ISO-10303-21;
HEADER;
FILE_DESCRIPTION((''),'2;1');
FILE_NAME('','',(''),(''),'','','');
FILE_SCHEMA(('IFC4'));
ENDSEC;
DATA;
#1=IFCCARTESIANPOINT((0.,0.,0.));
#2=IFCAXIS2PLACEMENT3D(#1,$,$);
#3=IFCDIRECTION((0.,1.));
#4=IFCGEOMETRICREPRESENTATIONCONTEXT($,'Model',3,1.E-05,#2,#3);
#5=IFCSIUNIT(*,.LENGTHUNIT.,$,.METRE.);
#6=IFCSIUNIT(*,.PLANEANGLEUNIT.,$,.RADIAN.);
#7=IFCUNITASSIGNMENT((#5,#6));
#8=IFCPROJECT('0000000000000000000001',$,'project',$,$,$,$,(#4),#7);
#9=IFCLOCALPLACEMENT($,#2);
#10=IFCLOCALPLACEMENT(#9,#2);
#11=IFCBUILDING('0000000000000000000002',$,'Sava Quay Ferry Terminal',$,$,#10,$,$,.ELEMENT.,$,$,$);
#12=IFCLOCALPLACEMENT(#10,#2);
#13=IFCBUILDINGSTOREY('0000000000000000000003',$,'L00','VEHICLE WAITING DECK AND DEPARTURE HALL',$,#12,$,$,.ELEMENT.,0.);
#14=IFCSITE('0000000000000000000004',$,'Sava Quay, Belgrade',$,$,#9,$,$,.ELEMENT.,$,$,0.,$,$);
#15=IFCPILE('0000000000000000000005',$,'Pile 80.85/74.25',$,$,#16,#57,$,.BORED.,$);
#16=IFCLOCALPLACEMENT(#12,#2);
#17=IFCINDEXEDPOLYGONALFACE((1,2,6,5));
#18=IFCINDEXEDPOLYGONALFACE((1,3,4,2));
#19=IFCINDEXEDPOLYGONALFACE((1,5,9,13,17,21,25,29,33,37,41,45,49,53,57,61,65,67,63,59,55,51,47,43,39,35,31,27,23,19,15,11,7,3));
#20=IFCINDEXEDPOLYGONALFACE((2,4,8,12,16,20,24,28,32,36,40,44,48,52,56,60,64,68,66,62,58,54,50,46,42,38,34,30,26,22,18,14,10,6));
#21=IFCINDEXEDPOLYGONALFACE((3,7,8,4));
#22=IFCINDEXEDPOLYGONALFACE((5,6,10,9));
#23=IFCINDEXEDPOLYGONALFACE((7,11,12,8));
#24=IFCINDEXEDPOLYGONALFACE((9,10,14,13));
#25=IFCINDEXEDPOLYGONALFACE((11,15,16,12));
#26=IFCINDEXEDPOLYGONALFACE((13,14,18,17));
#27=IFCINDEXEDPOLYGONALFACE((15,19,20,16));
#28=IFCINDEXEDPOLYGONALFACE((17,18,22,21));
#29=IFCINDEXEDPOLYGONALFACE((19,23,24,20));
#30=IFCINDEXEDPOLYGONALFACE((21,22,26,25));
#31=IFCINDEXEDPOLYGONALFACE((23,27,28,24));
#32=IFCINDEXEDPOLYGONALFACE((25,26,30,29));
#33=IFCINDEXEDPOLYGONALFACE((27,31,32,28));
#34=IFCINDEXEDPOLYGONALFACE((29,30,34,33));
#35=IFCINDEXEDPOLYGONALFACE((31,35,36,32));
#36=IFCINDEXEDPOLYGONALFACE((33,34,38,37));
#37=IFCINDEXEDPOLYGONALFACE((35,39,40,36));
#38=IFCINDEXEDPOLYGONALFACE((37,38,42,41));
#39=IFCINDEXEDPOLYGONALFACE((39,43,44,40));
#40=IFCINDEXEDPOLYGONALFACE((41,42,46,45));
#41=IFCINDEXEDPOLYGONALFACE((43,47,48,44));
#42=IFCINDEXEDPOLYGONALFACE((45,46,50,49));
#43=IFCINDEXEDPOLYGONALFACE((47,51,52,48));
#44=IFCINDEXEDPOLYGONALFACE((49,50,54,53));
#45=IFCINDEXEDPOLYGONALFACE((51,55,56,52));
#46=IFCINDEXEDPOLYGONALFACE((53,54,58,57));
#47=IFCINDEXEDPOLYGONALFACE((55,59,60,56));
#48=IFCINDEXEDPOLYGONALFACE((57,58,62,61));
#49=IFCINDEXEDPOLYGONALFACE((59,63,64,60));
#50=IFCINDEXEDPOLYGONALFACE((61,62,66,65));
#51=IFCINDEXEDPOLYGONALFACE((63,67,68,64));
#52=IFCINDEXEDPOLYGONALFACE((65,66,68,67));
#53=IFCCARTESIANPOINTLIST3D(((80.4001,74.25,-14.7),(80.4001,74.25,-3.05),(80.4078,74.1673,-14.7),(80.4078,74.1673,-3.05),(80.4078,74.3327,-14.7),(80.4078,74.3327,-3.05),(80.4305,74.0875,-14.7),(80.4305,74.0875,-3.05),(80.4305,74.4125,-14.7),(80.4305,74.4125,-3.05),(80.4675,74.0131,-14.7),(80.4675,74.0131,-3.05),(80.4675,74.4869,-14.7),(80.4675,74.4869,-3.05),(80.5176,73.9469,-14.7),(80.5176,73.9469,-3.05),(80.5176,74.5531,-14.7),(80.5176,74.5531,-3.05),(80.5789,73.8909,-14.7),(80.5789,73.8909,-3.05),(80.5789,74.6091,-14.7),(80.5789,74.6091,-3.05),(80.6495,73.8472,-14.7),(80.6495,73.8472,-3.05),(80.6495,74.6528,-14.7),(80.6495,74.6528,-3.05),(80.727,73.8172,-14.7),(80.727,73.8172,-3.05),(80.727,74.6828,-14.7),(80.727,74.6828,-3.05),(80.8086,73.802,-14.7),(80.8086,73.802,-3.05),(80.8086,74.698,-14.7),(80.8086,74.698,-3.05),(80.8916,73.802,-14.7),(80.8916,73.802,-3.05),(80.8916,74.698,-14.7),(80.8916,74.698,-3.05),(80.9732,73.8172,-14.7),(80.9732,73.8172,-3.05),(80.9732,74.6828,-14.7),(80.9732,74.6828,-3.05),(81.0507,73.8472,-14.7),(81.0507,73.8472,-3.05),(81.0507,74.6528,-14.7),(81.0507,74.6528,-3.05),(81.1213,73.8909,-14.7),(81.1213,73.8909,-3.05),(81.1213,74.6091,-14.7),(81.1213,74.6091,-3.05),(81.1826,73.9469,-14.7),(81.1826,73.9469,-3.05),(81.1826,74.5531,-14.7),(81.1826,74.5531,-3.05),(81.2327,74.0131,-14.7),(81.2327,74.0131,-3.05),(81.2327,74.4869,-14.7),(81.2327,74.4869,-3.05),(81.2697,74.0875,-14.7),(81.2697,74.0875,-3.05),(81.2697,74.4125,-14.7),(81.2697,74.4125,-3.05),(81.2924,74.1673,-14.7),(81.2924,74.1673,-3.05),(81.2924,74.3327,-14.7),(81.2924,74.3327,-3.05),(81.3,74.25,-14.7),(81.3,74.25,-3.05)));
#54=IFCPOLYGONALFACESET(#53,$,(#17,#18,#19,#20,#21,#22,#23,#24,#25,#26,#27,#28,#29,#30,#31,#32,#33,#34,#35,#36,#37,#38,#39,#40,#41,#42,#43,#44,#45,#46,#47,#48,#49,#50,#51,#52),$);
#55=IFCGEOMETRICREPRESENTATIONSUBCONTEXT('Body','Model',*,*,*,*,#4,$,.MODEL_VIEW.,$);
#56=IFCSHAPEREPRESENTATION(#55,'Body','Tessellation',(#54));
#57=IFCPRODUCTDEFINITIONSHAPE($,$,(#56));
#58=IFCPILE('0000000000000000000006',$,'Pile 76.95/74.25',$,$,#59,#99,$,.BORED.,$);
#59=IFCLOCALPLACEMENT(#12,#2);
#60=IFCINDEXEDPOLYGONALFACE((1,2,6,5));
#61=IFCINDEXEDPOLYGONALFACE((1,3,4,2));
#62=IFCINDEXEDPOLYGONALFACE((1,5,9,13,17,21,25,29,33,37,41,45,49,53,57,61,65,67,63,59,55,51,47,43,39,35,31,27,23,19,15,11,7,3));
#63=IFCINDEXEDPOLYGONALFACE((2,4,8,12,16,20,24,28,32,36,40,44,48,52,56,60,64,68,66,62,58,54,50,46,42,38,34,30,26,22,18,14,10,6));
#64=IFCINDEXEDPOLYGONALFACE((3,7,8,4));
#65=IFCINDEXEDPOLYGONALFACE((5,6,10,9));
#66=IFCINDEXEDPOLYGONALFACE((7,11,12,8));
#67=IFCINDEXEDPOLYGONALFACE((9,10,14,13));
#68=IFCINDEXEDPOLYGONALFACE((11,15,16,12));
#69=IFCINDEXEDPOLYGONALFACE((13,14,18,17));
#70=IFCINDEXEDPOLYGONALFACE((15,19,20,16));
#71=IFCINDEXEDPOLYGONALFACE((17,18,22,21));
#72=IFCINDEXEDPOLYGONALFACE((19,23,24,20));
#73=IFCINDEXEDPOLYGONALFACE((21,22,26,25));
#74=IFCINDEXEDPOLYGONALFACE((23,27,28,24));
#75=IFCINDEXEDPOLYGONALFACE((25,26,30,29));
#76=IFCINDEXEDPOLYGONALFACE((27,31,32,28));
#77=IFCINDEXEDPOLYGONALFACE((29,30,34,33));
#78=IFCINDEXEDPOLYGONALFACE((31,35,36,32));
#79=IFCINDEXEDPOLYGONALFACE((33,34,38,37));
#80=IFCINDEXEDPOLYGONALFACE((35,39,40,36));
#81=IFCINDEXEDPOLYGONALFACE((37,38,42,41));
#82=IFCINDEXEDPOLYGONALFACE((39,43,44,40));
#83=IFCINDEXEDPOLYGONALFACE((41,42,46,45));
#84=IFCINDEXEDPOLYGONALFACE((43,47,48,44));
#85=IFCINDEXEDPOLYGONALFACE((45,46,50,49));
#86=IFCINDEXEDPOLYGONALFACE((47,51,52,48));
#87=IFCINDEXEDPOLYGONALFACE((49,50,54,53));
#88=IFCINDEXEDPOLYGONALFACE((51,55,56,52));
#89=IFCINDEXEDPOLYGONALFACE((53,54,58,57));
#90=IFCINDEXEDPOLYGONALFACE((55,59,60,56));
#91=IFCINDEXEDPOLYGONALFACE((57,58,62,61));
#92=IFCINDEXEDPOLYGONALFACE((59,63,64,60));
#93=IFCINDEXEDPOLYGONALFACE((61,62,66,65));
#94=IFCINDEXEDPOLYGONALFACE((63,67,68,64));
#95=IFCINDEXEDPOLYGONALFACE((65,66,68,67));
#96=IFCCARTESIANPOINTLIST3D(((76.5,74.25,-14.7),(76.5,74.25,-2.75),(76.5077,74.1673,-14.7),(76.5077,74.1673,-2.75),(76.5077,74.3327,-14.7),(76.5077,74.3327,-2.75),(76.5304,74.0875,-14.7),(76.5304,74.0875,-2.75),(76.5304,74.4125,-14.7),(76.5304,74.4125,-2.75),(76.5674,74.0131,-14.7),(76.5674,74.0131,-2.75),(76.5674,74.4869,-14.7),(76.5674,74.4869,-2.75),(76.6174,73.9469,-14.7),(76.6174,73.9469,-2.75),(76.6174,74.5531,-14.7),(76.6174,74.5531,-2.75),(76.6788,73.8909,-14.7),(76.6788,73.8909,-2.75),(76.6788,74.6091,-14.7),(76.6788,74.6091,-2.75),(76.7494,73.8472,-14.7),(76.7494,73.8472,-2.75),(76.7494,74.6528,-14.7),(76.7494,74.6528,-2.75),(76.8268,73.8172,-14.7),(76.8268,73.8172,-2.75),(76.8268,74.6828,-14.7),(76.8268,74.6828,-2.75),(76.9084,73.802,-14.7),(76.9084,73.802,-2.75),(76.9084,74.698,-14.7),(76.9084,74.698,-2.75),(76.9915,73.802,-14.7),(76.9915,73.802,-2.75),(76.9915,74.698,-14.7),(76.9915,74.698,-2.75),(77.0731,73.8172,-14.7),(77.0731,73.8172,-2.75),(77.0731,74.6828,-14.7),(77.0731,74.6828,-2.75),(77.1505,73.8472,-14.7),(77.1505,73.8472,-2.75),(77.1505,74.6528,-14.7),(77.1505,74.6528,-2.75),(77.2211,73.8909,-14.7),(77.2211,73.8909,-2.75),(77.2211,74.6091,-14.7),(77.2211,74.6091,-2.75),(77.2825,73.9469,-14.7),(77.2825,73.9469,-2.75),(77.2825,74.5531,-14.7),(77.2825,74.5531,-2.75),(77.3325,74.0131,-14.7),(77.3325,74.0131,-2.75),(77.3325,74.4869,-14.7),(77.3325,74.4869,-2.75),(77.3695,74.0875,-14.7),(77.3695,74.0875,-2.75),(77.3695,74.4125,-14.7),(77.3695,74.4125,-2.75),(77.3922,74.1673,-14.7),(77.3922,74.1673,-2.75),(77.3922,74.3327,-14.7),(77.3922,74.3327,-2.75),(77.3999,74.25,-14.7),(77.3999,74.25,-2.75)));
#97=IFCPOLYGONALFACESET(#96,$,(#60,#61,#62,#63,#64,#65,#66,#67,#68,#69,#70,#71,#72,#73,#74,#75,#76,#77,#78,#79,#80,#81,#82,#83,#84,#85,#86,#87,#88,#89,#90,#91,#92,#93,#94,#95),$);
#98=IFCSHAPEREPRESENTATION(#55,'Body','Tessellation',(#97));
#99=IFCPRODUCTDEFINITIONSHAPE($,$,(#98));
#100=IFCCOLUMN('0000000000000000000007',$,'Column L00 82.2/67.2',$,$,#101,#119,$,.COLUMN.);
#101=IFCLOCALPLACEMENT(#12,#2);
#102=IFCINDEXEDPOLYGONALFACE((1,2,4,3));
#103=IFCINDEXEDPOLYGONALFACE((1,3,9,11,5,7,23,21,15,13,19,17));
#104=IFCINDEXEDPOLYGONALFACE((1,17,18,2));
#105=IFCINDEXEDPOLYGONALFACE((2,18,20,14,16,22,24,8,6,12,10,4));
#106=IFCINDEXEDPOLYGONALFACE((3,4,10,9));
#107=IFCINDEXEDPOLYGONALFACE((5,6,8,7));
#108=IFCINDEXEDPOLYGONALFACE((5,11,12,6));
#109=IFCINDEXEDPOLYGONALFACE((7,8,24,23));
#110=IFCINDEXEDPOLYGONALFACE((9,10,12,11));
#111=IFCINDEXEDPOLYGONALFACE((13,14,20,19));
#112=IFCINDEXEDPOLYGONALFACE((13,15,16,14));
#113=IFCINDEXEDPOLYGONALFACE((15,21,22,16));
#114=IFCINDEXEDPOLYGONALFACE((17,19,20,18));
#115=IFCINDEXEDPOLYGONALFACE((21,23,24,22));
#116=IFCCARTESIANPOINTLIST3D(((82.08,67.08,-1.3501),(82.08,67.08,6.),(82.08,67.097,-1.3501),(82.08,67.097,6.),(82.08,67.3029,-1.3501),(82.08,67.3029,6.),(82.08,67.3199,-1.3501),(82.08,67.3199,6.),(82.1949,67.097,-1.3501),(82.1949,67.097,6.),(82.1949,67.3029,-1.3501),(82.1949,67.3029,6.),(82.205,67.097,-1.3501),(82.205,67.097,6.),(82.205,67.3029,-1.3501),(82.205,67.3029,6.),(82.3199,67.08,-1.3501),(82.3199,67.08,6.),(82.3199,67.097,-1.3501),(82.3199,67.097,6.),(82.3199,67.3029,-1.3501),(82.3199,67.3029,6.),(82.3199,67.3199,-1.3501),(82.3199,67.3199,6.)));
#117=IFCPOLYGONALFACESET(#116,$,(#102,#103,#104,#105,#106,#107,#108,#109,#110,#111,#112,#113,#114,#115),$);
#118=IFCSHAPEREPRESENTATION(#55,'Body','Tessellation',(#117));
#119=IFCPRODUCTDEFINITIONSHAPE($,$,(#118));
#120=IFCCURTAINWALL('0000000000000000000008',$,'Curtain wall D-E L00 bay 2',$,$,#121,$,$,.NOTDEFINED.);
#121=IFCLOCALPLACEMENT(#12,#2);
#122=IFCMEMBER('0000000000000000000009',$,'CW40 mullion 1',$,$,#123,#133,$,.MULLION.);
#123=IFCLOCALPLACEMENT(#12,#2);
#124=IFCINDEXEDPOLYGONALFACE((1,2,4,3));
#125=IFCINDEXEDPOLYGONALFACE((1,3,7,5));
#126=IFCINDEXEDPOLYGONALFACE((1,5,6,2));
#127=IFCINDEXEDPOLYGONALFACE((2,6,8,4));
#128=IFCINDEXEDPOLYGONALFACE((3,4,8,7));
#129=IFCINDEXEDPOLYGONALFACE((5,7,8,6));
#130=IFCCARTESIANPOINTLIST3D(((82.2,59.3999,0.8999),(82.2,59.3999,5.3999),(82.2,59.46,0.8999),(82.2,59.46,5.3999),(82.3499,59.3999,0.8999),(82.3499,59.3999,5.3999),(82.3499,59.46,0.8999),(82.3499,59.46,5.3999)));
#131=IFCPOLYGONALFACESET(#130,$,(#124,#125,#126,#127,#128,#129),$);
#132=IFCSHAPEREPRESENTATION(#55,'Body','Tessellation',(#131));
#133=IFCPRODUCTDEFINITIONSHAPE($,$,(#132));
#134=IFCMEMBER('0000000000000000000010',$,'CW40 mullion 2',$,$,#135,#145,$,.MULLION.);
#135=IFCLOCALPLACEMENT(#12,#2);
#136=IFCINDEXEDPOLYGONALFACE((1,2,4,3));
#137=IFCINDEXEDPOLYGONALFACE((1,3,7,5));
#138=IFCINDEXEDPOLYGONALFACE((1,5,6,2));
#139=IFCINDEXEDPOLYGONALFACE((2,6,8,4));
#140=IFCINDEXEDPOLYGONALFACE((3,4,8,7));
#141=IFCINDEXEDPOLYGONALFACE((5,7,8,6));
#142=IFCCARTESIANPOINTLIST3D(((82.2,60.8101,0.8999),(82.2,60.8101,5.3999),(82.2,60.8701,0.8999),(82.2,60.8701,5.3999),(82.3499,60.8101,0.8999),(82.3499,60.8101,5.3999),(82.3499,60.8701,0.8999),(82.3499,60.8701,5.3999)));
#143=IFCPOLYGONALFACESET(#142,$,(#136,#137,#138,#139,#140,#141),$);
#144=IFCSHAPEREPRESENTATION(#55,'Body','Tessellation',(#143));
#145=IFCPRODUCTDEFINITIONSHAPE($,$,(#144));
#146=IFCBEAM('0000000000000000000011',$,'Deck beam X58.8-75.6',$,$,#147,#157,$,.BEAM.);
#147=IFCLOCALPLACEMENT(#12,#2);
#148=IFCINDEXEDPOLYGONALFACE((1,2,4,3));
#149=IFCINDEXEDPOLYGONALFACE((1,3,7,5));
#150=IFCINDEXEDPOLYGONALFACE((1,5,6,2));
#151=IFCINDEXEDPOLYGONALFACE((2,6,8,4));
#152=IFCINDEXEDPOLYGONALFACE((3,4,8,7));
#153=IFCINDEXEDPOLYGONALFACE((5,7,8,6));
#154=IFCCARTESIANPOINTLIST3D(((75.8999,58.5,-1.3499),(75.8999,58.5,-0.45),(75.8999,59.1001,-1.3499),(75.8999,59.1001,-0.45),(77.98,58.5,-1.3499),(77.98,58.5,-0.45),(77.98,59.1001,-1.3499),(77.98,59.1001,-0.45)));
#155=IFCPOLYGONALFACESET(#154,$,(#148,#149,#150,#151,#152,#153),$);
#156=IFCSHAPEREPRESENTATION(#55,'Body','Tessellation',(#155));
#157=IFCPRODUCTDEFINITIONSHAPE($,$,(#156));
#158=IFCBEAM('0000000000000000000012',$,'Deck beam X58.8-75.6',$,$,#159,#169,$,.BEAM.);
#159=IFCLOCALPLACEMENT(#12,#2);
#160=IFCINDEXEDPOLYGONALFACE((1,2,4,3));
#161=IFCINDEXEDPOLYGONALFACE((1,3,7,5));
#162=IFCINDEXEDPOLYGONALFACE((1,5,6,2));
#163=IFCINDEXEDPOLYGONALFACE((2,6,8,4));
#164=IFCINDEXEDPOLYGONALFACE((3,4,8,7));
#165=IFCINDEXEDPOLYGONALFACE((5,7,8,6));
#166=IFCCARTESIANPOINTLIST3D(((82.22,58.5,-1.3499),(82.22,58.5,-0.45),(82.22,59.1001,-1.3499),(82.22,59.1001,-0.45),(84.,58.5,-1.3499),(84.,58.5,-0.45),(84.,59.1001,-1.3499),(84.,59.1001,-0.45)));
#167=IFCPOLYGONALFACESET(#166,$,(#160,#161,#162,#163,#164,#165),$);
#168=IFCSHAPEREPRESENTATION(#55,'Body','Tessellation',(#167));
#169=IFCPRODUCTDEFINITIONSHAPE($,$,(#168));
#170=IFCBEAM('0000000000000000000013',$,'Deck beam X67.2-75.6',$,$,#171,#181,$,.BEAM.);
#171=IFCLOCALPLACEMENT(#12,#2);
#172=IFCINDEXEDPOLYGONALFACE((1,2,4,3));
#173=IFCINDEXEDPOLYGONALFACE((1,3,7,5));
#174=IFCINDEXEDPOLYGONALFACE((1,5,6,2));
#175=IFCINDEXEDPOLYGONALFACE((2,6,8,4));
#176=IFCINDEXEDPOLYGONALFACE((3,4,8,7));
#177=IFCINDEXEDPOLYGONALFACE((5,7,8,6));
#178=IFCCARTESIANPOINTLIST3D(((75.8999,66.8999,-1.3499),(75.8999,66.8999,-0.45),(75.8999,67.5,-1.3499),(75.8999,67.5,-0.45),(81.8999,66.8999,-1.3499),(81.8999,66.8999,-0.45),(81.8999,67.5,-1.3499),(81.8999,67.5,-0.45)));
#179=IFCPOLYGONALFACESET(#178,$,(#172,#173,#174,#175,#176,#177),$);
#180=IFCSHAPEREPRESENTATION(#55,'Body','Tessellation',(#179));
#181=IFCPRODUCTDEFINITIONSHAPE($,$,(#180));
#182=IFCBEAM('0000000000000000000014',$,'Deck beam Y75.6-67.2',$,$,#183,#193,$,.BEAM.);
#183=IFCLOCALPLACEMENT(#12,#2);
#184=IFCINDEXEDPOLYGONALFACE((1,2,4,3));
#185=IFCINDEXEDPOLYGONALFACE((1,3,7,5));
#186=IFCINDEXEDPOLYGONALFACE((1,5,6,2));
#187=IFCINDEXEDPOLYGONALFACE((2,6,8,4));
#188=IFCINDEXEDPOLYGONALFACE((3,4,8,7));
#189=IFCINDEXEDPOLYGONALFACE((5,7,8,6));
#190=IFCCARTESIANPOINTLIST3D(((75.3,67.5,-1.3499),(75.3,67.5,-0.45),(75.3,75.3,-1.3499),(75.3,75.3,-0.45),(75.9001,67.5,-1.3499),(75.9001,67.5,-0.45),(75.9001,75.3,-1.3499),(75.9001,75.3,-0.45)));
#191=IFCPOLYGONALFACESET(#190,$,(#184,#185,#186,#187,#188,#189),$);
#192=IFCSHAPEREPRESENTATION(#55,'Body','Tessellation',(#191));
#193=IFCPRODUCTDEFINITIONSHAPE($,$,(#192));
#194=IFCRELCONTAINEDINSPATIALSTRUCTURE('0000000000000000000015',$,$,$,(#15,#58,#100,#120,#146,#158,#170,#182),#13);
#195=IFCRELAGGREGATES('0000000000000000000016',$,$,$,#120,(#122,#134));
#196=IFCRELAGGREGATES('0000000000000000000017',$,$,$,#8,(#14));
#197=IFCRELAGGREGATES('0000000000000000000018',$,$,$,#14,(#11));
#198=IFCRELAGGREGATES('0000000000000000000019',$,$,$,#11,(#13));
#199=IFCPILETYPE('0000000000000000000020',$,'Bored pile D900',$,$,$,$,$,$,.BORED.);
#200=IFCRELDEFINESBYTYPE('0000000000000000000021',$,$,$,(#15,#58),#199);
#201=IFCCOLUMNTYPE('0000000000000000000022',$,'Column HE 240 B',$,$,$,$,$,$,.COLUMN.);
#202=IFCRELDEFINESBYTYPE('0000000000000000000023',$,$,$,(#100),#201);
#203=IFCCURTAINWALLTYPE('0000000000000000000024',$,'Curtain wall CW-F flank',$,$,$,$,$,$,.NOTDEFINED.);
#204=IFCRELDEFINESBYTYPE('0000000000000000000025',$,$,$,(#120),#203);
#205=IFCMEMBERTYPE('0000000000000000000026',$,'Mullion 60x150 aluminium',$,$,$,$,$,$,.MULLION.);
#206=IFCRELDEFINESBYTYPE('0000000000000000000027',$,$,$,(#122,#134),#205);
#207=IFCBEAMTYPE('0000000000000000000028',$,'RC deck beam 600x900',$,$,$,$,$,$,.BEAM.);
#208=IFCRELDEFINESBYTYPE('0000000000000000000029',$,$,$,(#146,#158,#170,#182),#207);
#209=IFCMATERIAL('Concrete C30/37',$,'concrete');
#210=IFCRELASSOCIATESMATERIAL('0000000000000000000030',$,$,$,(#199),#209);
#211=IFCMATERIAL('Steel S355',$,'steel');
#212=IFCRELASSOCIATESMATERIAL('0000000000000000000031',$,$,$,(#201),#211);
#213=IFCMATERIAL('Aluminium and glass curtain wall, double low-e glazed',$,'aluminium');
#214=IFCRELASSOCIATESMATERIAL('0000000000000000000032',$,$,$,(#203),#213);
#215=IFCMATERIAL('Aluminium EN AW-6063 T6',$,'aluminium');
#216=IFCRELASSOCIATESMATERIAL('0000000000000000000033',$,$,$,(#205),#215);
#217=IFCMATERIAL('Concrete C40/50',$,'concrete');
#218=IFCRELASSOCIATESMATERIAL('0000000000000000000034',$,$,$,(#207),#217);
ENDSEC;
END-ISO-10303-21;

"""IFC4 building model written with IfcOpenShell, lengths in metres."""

from ifc_helpers import new_model, si_unit, direction, frame, origin, origin_2d, place, context, subcontext, project, spatial, rectangle, circle, i_section, extrude, material, material_profile, profile_set, type_object, element, aggregate, save


model = new_model("IFC4")

# Units and contexts
model_context = context("Model", 3, precision=1e-05, world=origin(), true_north=direction((0.0, 1.0)))
body_context = subcontext(model_context, "Body", "Model", "MODEL_VIEW")
ifc_project = project(units=[si_unit("LENGTHUNIT", "METRE"), si_unit("PLANEANGLEUNIT", "RADIAN")], contexts=[model_context])

# Site, building, storey
site_placement = place(None, origin())
site = spatial("IfcSite", under=ifc_project, at=site_placement, Name="Sava Quay, Belgrade", CompositionType="ELEMENT", RefElevation=0.0)
building_placement = place(site_placement, origin())
building = spatial("IfcBuilding", under=site, at=building_placement, Name="Sava Quay Ferry Terminal", CompositionType="ELEMENT")
storey_placement = place(building_placement, origin())
storey = spatial("IfcBuildingStorey", under=building, at=storey_placement, Name="L00", Description="VEHICLE WAITING DECK AND DEPARTURE HALL", CompositionType="ELEMENT", Elevation=0.0)

# Piles
ifc_material_1 = material(Name="Concrete C30/37", Category="concrete")
ifc_material_profile_1 = material_profile(ifc_material_1, circle(Radius=0.45, at=origin_2d()), Name="Bored pile D900")
ifc_profile_set_1 = profile_set([ifc_material_profile_1], Name="Concrete C30/37")
pile_type = type_object("IfcPileType", Name="Bored pile D900", PredefinedType="BORED", material=ifc_profile_set_1)
pile_1_placement = place(storey_placement, frame((80.8501, 74.25, -3.05), z_axis=(0.0, 0.0, -1.0), x_axis=(1.0, 0.0, 0.0)))
element("IfcPile", 1, at=pile_1_placement, inside=storey, type_object=pile_type, Name="Pile 80.85/74.25", PredefinedType="BORED", context=body_context, shape_type="SweptSolid", body=[
    extrude(circle(Radius=0.45, at=origin_2d()), origin(), (0.0, 0.0, 1.0), 11.6499),
])
pile_2_placement = place(storey_placement, frame((76.95, 74.25, -2.75), z_axis=(0.0, 0.0, -1.0), x_axis=(1.0, 0.0, 0.0)))
element("IfcPile", 2, at=pile_2_placement, inside=storey, type_object=pile_type, Name="Pile 76.95/74.25", PredefinedType="BORED", context=body_context, shape_type="SweptSolid", body=[
    extrude(circle(Radius=0.45, at=origin_2d()), origin(), (0.0, 0.0, 1.0), 11.95),
])

# Column
ifc_material_2 = material(Name="Steel S355", Category="steel")
ifc_material_profile_2 = material_profile(ifc_material_2, i_section(OverallWidth=0.24, OverallDepth=0.24, WebThickness=0.01, FlangeThickness=0.0171, at=origin_2d()), Name="HE 240 B")
ifc_profile_set_2 = profile_set([ifc_material_profile_2], Name="Steel S355")
column_type = type_object("IfcColumnType", Name="Column HE 240 B", PredefinedType="COLUMN", material=ifc_profile_set_2)
column_placement = place(storey_placement, frame((82.2, 67.2, -1.3501), z_axis=(0.0, 0.0, 1.0), x_axis=(1.0, 0.0, 0.0)))
element("IfcColumn", 3, at=column_placement, inside=storey, type_object=column_type, Name="Column L00 82.2/67.2", PredefinedType="COLUMN", context=body_context, shape_type="SweptSolid", body=[
    extrude(i_section(OverallWidth=0.24, OverallDepth=0.24, WebThickness=0.01, FlangeThickness=0.0171, at=origin_2d()), origin(), (0.0, 0.0, 1.0), 7.3501),
])

# Curtain wall, members
ifc_material_3 = material(Name="Aluminium and glass curtain wall, double low-e glazed", Category="aluminium")
curtain_wall_type = type_object("IfcCurtainWallType", Name="Curtain wall CW-F flank", PredefinedType="NOTDEFINED", material=ifc_material_3)
curtain_wall_placement = place(storey_placement, origin())
curtain_wall = element("IfcCurtainWall", 4, at=curtain_wall_placement, inside=storey, type_object=curtain_wall_type, Name="Curtain wall D-E L00 bay 2", PredefinedType="NOTDEFINED")
ifc_material_4 = material(Name="Aluminium EN AW-6063 T6", Category="aluminium")
ifc_material_profile_3 = material_profile(ifc_material_4, rectangle(XDim=0.1499, YDim=0.0601, at=origin_2d()), Name="Mullion 60x150 aluminium")
ifc_profile_set_3 = profile_set([ifc_material_profile_3], Name="Aluminium EN AW-6063 T6")
member_type_1 = type_object("IfcMemberType", Name="Mullion 60x150 aluminium", PredefinedType="MULLION", material=ifc_profile_set_3)
member_1_placement = place(storey_placement, frame((82.2749, 59.4299, 0.8999), z_axis=(0.0, 0.0, 1.0), x_axis=(-1.0, 0.0, 0.0)))
member_1 = element("IfcMember", 5, at=member_1_placement, type_object=member_type_1, Name="CW40 mullion 1", PredefinedType="MULLION", context=body_context, shape_type="SweptSolid", body=[
    extrude(rectangle(XDim=0.1499, YDim=0.0601, at=origin_2d()), origin(), (0.0, 0.0, 1.0), 4.5),
])
member_2_placement = place(storey_placement, frame((82.2749, 60.8401, 0.8999), z_axis=(0.0, 0.0, 1.0), x_axis=(-1.0, 0.0, 0.0)))
member_2 = element("IfcMember", 6, at=member_2_placement, type_object=member_type_1, Name="CW40 mullion 2", PredefinedType="MULLION", context=body_context, shape_type="SweptSolid", body=[
    extrude(rectangle(XDim=0.1499, YDim=0.0601, at=origin_2d()), origin(), (0.0, 0.0, 1.0), 4.5),
])

# Beams
ifc_material_5 = material(Name="Concrete C40/50", Category="concrete")
ifc_material_profile_4 = material_profile(ifc_material_5, rectangle(XDim=0.6001, YDim=0.8999, at=origin_2d()), Name="RC 600x900")
ifc_profile_set_4 = profile_set([ifc_material_profile_4], Name="Concrete C40/50")
beam_type = type_object("IfcBeamType", Name="RC deck beam 600x900", PredefinedType="BEAM", material=ifc_profile_set_4)
beam_1_placement = place(storey_placement, frame((75.8999, 58.8, -0.8999), z_axis=(1.0, 0.0, 0.0), x_axis=(0.0, 1.0, 0.0)))
element("IfcBeam", 7, at=beam_1_placement, inside=storey, type_object=beam_type, Name="Deck beam X58.8-75.6", PredefinedType="BEAM", context=body_context, shape_type="SweptSolid", body=[
    extrude(rectangle(XDim=0.6001, YDim=0.8999, at=origin_2d()), origin(), (0.0, 0.0, 1.0), 2.0801),
])
beam_2_placement = place(storey_placement, frame((82.22, 58.8, -0.8999), z_axis=(1.0, 0.0, 0.0), x_axis=(0.0, 1.0, 0.0)))
element("IfcBeam", 8, at=beam_2_placement, inside=storey, type_object=beam_type, Name="Deck beam X58.8-75.6", PredefinedType="BEAM", context=body_context, shape_type="SweptSolid", body=[
    extrude(rectangle(XDim=0.6001, YDim=0.8999, at=origin_2d()), origin(), (0.0, 0.0, 1.0), 1.78),
])
beam_3_placement = place(storey_placement, frame((75.8999, 67.2, -0.8999), z_axis=(1.0, 0.0, 0.0), x_axis=(0.0, 1.0, 0.0)))
element("IfcBeam", 9, at=beam_3_placement, inside=storey, type_object=beam_type, Name="Deck beam X67.2-75.6", PredefinedType="BEAM", context=body_context, shape_type="SweptSolid", body=[
    extrude(rectangle(XDim=0.6001, YDim=0.8999, at=origin_2d()), origin(), (0.0, 0.0, 1.0), 6.0),
])
beam_4_placement = place(storey_placement, frame((75.6001, 67.5, -0.8999), z_axis=(0.0, 1.0, 0.0), x_axis=(-1.0, 0.0, 0.0)))
element("IfcBeam", 10, at=beam_4_placement, inside=storey, type_object=beam_type, Name="Deck beam Y75.6-67.2", PredefinedType="BEAM", context=body_context, shape_type="SweptSolid", body=[
    extrude(rectangle(XDim=0.6001, YDim=0.8999, at=origin_2d()), origin(), (0.0, 0.0, 1.0), 7.8),
])

aggregate(curtain_wall, [member_1, member_2])

save(model, "model.ifc")
